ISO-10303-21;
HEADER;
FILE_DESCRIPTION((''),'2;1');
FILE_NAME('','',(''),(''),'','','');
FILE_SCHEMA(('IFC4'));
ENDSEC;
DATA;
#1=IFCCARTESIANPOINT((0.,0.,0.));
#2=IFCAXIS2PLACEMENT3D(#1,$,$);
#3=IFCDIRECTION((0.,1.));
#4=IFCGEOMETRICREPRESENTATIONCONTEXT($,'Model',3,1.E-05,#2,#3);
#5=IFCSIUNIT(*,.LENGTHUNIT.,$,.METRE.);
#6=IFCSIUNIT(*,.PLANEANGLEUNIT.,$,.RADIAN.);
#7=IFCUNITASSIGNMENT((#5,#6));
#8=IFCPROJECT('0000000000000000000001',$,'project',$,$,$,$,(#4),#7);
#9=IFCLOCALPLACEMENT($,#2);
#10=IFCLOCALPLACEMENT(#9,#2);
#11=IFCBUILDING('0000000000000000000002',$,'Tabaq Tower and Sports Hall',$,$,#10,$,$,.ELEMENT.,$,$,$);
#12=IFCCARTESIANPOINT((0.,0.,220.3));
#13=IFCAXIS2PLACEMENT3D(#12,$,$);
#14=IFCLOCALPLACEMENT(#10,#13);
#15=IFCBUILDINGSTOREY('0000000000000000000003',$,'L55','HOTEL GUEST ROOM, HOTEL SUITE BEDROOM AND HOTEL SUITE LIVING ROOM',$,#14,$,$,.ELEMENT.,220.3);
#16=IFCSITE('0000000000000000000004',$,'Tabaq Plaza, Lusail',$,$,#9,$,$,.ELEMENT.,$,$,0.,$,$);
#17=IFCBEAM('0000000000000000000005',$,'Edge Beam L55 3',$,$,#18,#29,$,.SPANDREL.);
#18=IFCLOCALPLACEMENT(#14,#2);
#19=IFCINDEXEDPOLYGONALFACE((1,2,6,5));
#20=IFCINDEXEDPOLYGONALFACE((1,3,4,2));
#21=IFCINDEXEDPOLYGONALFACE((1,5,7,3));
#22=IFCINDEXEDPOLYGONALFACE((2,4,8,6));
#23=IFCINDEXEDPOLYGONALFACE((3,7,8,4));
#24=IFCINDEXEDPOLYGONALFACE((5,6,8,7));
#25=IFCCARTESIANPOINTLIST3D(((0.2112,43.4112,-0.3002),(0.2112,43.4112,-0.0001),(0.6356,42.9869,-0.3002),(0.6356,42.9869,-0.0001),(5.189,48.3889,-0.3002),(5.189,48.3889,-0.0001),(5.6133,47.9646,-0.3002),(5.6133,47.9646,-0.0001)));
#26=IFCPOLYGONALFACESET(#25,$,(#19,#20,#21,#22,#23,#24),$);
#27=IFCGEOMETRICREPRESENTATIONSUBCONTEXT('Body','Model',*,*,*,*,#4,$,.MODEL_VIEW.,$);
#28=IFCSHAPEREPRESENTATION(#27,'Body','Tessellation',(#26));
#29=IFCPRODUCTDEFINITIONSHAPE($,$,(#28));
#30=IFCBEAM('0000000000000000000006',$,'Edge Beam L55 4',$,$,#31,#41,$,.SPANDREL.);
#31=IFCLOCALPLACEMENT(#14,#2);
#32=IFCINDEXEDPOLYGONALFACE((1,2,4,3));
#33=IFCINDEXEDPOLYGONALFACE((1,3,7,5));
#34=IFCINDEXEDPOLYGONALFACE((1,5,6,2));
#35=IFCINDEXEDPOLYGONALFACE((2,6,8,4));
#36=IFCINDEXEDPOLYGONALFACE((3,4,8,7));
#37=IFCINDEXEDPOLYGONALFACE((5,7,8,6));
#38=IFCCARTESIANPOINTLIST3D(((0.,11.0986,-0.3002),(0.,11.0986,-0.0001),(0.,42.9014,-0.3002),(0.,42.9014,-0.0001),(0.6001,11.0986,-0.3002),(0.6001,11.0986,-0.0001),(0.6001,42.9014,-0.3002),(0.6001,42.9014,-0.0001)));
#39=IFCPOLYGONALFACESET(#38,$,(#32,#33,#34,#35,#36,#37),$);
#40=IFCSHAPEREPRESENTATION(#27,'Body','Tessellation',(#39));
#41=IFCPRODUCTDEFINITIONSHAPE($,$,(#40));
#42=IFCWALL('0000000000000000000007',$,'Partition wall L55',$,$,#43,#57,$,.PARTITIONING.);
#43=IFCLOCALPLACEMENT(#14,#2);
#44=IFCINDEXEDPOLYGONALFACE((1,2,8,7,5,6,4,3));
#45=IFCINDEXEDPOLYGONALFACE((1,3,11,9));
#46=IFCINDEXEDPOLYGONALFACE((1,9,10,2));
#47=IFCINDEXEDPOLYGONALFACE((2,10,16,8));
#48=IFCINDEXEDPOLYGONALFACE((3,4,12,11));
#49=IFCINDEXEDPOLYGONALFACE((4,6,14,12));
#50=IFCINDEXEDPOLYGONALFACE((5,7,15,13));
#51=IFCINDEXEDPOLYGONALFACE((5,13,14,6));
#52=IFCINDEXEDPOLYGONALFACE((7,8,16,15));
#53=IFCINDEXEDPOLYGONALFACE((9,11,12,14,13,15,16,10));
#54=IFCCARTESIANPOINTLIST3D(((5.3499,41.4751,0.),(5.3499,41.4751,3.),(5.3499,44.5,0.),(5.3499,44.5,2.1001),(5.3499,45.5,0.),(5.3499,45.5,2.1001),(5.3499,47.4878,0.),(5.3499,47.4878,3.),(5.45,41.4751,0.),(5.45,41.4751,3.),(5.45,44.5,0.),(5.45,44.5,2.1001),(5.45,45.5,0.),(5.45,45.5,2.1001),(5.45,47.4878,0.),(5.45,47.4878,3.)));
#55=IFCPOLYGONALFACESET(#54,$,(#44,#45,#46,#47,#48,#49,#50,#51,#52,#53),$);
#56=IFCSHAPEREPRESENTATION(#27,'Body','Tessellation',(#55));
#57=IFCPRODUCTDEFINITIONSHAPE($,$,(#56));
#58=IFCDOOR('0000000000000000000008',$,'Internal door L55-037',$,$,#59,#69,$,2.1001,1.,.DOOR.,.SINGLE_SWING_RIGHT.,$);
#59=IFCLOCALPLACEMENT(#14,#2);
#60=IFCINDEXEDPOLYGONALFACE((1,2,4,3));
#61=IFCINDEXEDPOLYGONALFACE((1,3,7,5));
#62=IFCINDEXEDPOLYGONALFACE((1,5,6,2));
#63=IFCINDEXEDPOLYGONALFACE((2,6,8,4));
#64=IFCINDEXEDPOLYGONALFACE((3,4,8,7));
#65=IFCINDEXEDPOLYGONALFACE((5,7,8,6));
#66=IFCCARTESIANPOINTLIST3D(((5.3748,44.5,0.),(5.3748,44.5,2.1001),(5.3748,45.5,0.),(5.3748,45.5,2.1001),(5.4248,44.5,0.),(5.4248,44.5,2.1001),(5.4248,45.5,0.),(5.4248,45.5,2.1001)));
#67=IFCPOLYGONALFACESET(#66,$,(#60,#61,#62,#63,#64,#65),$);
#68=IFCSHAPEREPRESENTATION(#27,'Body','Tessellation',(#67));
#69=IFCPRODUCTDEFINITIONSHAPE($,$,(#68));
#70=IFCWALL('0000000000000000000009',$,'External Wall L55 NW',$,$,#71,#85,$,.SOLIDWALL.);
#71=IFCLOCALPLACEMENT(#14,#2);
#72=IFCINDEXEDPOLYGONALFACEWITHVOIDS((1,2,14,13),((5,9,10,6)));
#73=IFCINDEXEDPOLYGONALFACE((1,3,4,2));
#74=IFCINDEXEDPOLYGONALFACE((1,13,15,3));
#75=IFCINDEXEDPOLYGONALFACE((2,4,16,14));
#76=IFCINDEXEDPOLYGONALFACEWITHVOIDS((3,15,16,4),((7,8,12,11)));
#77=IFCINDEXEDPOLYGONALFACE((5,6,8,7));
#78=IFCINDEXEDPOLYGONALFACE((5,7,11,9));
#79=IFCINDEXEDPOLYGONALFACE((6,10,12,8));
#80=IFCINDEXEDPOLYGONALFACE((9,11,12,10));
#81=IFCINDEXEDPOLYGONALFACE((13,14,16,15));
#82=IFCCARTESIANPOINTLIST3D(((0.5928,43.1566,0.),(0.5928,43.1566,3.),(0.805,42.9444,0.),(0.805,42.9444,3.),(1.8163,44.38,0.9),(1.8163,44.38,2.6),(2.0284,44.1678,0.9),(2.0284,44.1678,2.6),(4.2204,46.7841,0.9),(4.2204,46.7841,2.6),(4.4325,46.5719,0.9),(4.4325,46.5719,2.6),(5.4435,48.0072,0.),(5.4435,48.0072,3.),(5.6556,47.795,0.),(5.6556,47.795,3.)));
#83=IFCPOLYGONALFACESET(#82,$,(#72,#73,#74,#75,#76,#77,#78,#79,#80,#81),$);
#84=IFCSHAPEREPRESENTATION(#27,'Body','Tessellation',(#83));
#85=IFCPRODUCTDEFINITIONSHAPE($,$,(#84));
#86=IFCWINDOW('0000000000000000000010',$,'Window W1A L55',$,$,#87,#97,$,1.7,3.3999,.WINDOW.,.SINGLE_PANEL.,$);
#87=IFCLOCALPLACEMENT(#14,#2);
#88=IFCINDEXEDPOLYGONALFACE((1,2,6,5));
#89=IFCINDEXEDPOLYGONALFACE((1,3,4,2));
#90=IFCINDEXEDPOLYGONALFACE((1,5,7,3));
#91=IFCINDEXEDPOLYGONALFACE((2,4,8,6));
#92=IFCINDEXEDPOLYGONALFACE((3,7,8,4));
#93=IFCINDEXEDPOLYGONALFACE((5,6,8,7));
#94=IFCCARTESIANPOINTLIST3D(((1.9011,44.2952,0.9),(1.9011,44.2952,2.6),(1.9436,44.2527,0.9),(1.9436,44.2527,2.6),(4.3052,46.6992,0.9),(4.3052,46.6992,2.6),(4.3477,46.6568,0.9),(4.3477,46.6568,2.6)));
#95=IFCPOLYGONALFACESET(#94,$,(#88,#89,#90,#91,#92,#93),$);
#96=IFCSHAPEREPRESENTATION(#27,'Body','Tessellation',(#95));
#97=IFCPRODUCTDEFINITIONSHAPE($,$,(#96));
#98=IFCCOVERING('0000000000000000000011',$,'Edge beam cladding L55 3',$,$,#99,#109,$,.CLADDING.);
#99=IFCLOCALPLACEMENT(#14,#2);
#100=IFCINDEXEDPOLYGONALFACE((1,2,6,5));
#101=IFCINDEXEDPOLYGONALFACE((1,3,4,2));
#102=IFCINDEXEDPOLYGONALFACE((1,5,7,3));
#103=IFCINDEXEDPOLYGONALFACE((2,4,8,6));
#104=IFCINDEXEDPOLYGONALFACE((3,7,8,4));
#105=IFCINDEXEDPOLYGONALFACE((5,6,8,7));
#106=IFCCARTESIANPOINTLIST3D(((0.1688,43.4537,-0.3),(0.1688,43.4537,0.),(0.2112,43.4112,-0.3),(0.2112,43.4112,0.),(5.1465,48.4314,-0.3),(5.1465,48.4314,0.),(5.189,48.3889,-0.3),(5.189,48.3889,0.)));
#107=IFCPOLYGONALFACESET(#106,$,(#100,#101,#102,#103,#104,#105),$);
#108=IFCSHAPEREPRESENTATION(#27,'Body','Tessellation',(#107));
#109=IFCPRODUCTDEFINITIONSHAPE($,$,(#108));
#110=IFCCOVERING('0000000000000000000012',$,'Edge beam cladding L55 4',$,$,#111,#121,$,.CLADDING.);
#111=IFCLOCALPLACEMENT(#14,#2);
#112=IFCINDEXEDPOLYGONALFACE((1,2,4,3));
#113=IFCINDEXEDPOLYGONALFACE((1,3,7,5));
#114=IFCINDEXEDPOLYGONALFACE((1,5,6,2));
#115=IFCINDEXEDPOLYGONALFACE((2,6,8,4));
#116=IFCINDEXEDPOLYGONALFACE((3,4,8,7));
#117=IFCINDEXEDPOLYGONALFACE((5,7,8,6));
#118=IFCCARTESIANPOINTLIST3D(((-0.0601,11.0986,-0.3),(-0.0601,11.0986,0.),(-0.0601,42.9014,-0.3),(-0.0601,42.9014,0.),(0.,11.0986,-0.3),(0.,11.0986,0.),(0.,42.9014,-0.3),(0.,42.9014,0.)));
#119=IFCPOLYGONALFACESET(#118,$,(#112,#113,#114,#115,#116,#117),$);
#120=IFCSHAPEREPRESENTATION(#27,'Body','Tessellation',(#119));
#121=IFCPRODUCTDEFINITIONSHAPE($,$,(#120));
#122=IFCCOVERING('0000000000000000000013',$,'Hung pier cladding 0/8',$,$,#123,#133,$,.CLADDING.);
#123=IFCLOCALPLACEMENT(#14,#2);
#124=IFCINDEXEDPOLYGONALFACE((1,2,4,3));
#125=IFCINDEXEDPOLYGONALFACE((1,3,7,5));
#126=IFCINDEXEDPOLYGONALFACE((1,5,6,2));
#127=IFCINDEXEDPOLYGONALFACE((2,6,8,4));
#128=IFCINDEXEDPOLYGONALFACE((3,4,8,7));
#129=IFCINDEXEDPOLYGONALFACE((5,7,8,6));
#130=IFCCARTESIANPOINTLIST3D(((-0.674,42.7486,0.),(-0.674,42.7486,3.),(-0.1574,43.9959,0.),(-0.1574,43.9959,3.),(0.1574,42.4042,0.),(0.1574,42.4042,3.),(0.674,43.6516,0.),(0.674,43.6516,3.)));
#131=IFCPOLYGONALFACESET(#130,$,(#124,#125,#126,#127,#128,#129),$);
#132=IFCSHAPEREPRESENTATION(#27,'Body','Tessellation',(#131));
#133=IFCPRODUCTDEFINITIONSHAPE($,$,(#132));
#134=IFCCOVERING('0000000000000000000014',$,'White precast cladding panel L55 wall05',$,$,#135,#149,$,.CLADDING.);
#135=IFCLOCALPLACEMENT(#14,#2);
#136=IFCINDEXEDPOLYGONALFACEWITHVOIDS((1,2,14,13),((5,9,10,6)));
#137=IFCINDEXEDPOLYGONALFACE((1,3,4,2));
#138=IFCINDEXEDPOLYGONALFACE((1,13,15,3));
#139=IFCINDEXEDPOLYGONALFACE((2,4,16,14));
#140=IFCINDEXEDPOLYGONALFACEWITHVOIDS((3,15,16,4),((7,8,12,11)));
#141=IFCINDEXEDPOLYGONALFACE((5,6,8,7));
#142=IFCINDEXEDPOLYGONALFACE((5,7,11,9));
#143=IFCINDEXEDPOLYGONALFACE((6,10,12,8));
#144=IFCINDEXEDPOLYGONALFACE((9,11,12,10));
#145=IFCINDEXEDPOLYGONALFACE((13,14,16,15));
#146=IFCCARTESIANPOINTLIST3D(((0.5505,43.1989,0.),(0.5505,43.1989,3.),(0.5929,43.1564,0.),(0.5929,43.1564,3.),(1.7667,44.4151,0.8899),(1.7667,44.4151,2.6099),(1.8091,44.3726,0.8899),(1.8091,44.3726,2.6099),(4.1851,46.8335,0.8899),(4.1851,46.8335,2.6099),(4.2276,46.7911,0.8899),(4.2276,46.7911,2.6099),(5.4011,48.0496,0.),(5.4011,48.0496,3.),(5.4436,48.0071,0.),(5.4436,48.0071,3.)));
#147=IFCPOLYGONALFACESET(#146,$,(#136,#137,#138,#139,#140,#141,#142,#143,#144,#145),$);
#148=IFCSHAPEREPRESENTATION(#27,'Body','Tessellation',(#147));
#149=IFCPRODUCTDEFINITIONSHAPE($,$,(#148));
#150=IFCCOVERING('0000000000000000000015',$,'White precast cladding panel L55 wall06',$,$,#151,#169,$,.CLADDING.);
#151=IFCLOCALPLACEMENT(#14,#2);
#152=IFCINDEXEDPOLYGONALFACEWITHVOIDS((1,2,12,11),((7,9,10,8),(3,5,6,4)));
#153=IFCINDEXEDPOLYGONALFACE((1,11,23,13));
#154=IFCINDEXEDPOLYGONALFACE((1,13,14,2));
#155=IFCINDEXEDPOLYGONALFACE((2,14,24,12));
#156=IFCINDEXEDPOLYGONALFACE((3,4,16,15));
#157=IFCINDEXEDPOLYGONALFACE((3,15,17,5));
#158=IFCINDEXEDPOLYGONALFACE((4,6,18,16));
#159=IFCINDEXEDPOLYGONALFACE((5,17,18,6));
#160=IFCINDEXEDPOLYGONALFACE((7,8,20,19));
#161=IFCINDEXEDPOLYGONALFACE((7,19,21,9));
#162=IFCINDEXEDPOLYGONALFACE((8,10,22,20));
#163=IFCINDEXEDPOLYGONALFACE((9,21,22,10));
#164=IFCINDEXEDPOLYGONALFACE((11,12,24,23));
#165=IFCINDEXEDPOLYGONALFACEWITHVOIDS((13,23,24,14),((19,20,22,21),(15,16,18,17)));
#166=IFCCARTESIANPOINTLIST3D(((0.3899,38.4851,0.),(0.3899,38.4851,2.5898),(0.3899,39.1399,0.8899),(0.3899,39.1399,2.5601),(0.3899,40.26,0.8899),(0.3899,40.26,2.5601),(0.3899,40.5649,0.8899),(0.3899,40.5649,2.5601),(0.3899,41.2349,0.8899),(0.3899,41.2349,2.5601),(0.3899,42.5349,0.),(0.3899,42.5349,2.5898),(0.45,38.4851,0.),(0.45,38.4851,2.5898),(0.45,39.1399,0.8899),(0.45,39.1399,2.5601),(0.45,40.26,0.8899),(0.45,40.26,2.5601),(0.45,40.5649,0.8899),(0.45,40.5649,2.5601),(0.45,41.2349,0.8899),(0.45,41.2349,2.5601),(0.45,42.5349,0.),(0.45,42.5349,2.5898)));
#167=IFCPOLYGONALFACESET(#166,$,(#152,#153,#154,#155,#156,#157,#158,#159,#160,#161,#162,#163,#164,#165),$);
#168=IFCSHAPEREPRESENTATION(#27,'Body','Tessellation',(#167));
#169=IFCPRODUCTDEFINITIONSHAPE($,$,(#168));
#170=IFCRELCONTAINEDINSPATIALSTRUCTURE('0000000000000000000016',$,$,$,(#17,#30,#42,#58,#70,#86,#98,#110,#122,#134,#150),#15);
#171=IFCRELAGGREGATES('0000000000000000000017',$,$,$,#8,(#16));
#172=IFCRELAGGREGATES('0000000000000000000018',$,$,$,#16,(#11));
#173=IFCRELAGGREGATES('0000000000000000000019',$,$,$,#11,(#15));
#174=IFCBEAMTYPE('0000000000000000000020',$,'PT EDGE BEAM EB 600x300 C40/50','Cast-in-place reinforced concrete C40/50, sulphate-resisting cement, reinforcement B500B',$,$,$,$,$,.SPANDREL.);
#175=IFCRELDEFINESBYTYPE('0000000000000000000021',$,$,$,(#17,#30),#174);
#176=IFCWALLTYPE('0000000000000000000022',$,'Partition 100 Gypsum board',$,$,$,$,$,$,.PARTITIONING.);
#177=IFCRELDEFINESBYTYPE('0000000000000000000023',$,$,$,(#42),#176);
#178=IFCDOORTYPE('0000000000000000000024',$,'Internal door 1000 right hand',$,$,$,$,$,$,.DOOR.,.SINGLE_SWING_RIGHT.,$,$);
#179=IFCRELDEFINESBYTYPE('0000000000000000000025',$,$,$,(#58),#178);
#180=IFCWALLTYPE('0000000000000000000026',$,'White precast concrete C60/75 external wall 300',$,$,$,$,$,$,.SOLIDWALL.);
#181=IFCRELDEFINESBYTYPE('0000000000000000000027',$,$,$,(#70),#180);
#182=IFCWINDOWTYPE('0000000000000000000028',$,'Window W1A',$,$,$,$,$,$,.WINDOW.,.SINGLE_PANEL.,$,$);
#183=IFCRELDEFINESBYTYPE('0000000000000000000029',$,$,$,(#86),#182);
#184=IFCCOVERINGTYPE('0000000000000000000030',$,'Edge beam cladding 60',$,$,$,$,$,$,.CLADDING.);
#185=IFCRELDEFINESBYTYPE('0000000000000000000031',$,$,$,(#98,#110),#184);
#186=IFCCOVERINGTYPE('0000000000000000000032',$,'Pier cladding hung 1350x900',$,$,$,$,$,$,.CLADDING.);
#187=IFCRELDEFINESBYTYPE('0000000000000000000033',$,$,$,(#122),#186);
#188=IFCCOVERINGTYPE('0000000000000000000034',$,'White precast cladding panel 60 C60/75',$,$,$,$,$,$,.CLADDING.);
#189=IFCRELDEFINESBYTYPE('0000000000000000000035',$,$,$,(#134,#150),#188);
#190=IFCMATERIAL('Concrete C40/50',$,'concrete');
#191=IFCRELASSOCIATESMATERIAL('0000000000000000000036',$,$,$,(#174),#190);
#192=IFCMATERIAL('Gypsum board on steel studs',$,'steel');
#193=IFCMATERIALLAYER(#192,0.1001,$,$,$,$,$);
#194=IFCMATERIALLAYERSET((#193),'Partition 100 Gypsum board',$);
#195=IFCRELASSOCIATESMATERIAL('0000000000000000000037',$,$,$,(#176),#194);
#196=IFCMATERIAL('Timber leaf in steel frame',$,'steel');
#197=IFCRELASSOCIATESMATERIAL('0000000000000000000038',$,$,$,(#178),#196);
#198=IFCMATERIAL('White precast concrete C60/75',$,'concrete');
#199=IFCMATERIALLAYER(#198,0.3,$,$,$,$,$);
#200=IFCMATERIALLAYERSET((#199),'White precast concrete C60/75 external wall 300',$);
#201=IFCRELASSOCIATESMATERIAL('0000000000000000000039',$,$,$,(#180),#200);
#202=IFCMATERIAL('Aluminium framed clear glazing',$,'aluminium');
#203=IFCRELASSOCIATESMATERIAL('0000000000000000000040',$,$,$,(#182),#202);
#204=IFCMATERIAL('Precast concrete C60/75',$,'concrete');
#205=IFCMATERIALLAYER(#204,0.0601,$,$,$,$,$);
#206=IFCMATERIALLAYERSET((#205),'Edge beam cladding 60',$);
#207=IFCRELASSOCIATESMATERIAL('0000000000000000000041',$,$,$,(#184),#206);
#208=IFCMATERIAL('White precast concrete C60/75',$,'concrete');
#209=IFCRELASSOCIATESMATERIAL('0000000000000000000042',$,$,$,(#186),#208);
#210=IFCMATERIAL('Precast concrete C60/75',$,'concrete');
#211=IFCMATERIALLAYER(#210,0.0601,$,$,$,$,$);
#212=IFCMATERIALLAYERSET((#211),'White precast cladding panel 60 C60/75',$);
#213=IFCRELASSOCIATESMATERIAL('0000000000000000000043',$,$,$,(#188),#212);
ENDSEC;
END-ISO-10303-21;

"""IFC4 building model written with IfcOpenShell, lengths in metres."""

from ifc_helpers import new_model, si_unit, direction, frame, frame_2d, origin, origin_2d, place, context, subcontext, project, spatial, polyline, rectangle, outline, extrude, material, layer, layer_set, material_profile, profile_set, type_object, element, fill, save


model = new_model("IFC4")

# Units and contexts
model_context = context("Model", 3, precision=1e-05, world=origin(), true_north=direction((0.0, 1.0)))
body_context = subcontext(model_context, "Body", "Model", "MODEL_VIEW")
ifc_project = project(units=[si_unit("LENGTHUNIT", "METRE"), si_unit("PLANEANGLEUNIT", "RADIAN")], contexts=[model_context])

# Site, building, storey
site_placement = place(None, origin())
site = spatial("IfcSite", under=ifc_project, at=site_placement, Name="Tabaq Plaza, Lusail", CompositionType="ELEMENT", RefElevation=0.0)
building_placement = place(site_placement, origin())
building = spatial("IfcBuilding", under=site, at=building_placement, Name="Tabaq Tower and Sports Hall", CompositionType="ELEMENT")
storey_placement = place(building_placement, frame((0.0, 0.0, 220.3)))
storey = spatial("IfcBuildingStorey", under=building, at=storey_placement, Name="L55", Description="HOTEL GUEST ROOM, HOTEL SUITE BEDROOM AND HOTEL SUITE LIVING ROOM", CompositionType="ELEMENT", Elevation=220.3)

# Beams
ifc_material_1 = material(Name="Concrete C40/50", Category="concrete")
ifc_material_profile = material_profile(ifc_material_1, rectangle(XDim=0.6001, YDim=0.3, at=origin_2d()), Name="EB 600x300")
ifc_profile_set = profile_set([ifc_material_profile], Name="Concrete C40/50")
beam_type = type_object("IfcBeamType", Name="PT EDGE BEAM EB 600x300 C40/50", Description="Cast-in-place reinforced concrete C40/50, sulphate-resisting cement, reinforcement B500B", PredefinedType="SPANDREL", material=ifc_profile_set)
beam_1_placement = place(storey_placement, frame((5.4011, 48.1768, -0.1501), z_axis=(-0.707107, -0.707107, 0.0), x_axis=(0.707107, -0.707107, 0.0)))
element("IfcBeam", 1, at=beam_1_placement, inside=storey, type_object=beam_type, Name="Edge Beam L55 3", PredefinedType="SPANDREL", context=body_context, shape_type="SweptSolid", body=[
    extrude(rectangle(XDim=0.6001, YDim=0.3, at=origin_2d()), origin(), (0.0, 0.0, 1.0), 7.0396),
])
beam_2_placement = place(storey_placement, frame((0.3, 42.9014, -0.1501), z_axis=(0.0, -1.0, 0.0), x_axis=(1.0, 0.0, 0.0)))
element("IfcBeam", 2, at=beam_2_placement, inside=storey, type_object=beam_type, Name="Edge Beam L55 4", PredefinedType="SPANDREL", context=body_context, shape_type="SweptSolid", body=[
    extrude(rectangle(XDim=0.6001, YDim=0.3, at=origin_2d()), origin(), (0.0, 0.0, 1.0), 31.8027),
])

# Wall, opening, door
ifc_material_2 = material(Name="Gypsum board on steel studs", Category="steel")
ifc_layer_1 = layer(ifc_material_2, 0.1001)
ifc_layer_set_1 = layer_set([ifc_layer_1], Name="Partition 100 Gypsum board")
wall_type_1 = type_object("IfcWallType", Name="Partition 100 Gypsum board", PredefinedType="PARTITIONING", material=ifc_layer_set_1)
wall_1_placement = place(storey_placement, frame((5.3999, 47.4878, 0.0), z_axis=(0.0, 0.0, 1.0), x_axis=(0.0, -1.0, 0.0)))
wall_1 = element("IfcWall", 3, at=wall_1_placement, inside=storey, type_object=wall_type_1, Name="Partition wall L55", PredefinedType="PARTITIONING", context=body_context, shape_type="SweptSolid", body=[
    extrude(rectangle(XDim=6.0127, YDim=0.1001, at=frame_2d((3.0063, 0.0))), origin(), (0.0, 0.0, 1.0), 3.0),
])
opening_1_placement = place(wall_1_placement, frame((1.9878, 0.0, 0.0)))
opening_1 = element("IfcOpeningElement", 4, at=opening_1_placement, cuts=wall_1, PredefinedType="OPENING", context=body_context, shape_type="SweptSolid", body=[
    extrude(rectangle(XDim=1.0, YDim=2.1001, at=frame_2d((0.5, 1.05))), frame((0.0, 0.05, 0.0), z_axis=(0.0, -1.0, 0.0), x_axis=(1.0, 0.0, 0.0)), (0.0, 0.0, 1.0), 0.1001),
])
ifc_material_3 = material(Name="Timber leaf in steel frame", Category="steel")
door_type = type_object("IfcDoorType", Name="Internal door 1000 right hand", OperationType="SINGLE_SWING_RIGHT", PredefinedType="DOOR", material=ifc_material_3)
door_placement = place(opening_1_placement, origin())
door = element("IfcDoor", 5, at=door_placement, inside=storey, type_object=door_type, Name="Internal door L55-037", OperationType="SINGLE_SWING_RIGHT", OverallHeight=2.1001, OverallWidth=1.0, PredefinedType="DOOR", context=body_context, shape_type="SweptSolid", body=[
    extrude(rectangle(XDim=1.0, YDim=2.1001, at=frame_2d((0.5, 1.05))), frame((0.0, 0.0249, 0.0), z_axis=(0.0, -1.0, 0.0), x_axis=(1.0, 0.0, 0.0)), (0.0, 0.0, 1.0), 0.05),
])
fill(opening_1, door)

# Wall, opening, window
ifc_material_4 = material(Name="White precast concrete C60/75", Category="concrete")
ifc_layer_2 = layer(ifc_material_4, 0.3)
ifc_layer_set_2 = layer_set([ifc_layer_2], Name="White precast concrete C60/75 external wall 300")
wall_type_2 = type_object("IfcWallType", Name="White precast concrete C60/75 external wall 300", PredefinedType="SOLIDWALL", material=ifc_layer_set_2)
wall_2_placement = place(storey_placement, frame((5.5496, 47.9011, 0.0), z_axis=(0.0, 0.0, 1.0), x_axis=(-0.707107, -0.707107, 0.0)))
wall_2 = element("IfcWall", 6, at=wall_2_placement, inside=storey, type_object=wall_type_2, Name="External Wall L55 NW", PredefinedType="SOLIDWALL", context=body_context, shape_type="SweptSolid", body=[
    extrude(rectangle(XDim=6.8599, YDim=0.3, at=frame_2d((3.4299, 0.0))), origin(), (0.0, 0.0, 1.0), 3.0),
])
opening_2_placement = place(wall_2_placement, frame((1.7297, 0.0, 0.8999)))
opening_2 = element("IfcOpeningElement", 7, at=opening_2_placement, cuts=wall_2, PredefinedType="OPENING", context=body_context, shape_type="SweptSolid", body=[
    extrude(rectangle(XDim=3.3999, YDim=1.7, at=frame_2d((1.7, 0.8501))), frame((0.0, 0.1602, 0.0), z_axis=(0.0, -1.0, 0.0), x_axis=(1.0, 0.0, 0.0)), (0.0, 0.0, 1.0), 0.3201),
])
ifc_material_5 = material(Name="Aluminium framed clear glazing", Category="aluminium")
window_type_1 = type_object("IfcWindowType", Name="Window W1A", PartitioningType="SINGLE_PANEL", PredefinedType="WINDOW", material=ifc_material_5)
window_1_placement = place(opening_2_placement, origin())
window_1 = element("IfcWindow", 8, at=window_1_placement, inside=storey, type_object=window_type_1, Name="Window W1A L55", OverallHeight=1.7, OverallWidth=3.3999, PartitioningType="SINGLE_PANEL", PredefinedType="WINDOW", context=body_context, shape_type="SweptSolid", body=[
    extrude(rectangle(XDim=3.3999, YDim=1.7, at=frame_2d((1.7, 0.8501))), frame((0.0, 0.03, 0.0), z_axis=(0.0, -1.0, 0.0), x_axis=(1.0, 0.0, 0.0)), (0.0, 0.0, 1.0), 0.0601),
])
fill(opening_2, window_1)

# Coverings
ifc_material_6 = material(Name="Precast concrete C60/75", Category="concrete")
ifc_layer_3 = layer(ifc_material_6, 0.0601)
ifc_layer_set_3 = layer_set([ifc_layer_3], Name="Edge beam cladding 60")
covering_type_1 = type_object("IfcCoveringType", Name="Edge beam cladding 60", PredefinedType="CLADDING", material=ifc_layer_set_3)
covering_1_placement = place(storey_placement, frame((5.1677, 48.4102, -0.3), z_axis=(0.0, 0.0, 1.0), x_axis=(-0.707107, -0.707107, 0.0)))
element("IfcCovering", 9, at=covering_1_placement, inside=storey, type_object=covering_type_1, Name="Edge beam cladding L55 3", PredefinedType="CLADDING", context=body_context, shape_type="SweptSolid", body=[
    extrude(rectangle(XDim=7.0396, YDim=0.0601, at=frame_2d((3.5198, 0.0))), origin(), (0.0, 0.0, 1.0), 0.3),
])
covering_2_placement = place(storey_placement, frame((-0.03, 42.9014, -0.3), z_axis=(0.0, 0.0, 1.0), x_axis=(0.0, -1.0, 0.0)))
element("IfcCovering", 10, at=covering_2_placement, inside=storey, type_object=covering_type_1, Name="Edge beam cladding L55 4", PredefinedType="CLADDING", context=body_context, shape_type="SweptSolid", body=[
    extrude(rectangle(XDim=31.8027, YDim=0.0601, at=frame_2d((15.9014, 0.0))), origin(), (0.0, 0.0, 1.0), 0.3),
])
ifc_material_7 = material(Name="White precast concrete C60/75", Category="concrete")
covering_type_2 = type_object("IfcCoveringType", Name="Pier cladding hung 1350x900", PredefinedType="CLADDING", material=ifc_material_7)
covering_3_placement = place(storey_placement, frame((0.2583, 43.8237, 0.0), z_axis=(0.0, 0.0, 1.0), x_axis=(-0.38265, -0.923893, 0.0)))
element("IfcCovering", 11, at=covering_3_placement, inside=storey, type_object=covering_type_2, Name="Hung pier cladding 0/8", PredefinedType="CLADDING", context=body_context, shape_type="SweptSolid", body=[
    extrude(rectangle(XDim=1.3501, YDim=0.8999, at=frame_2d((0.675, 0.0))), origin(), (0.0, 0.0, 1.0), 3.0),
])
ifc_material_8 = material(Name="Precast concrete C60/75", Category="concrete")
ifc_layer_4 = layer(ifc_material_8, 0.0601)
ifc_layer_set_4 = layer_set([ifc_layer_4], Name="White precast cladding panel 60 C60/75")
covering_type_3 = type_object("IfcCoveringType", Name="White precast cladding panel 60 C60/75", PredefinedType="CLADDING", material=ifc_layer_set_4)
covering_4_placement = place(storey_placement, frame((5.4224, 48.0283, 0.0), z_axis=(0.0, 0.0, 1.0), x_axis=(-0.707107, -0.707107, 0.0)))
element("IfcCovering", 12, at=covering_4_placement, inside=storey, type_object=covering_type_3, Name="White precast cladding panel L55 wall05", PredefinedType="CLADDING", context=body_context, shape_type="SweptSolid", body=[
    extrude(outline(polyline([(0.0, 0.0), (6.8599, 0.0), (6.8599, 3.0), (0.0, 3.0), (0.0, 0.0)]), holes=[polyline([(1.7197, 0.8899), (1.7197, 2.6099), (5.1399, 2.6099), (5.1399, 0.8899), (1.7197, 0.8899)])]), frame((0.0, 0.03, 0.0), z_axis=(0.0, -1.0, 0.0), x_axis=(1.0, 0.0, 0.0)), (0.0, 0.0, 1.0), 0.0601),
])
covering_5_placement = place(storey_placement, frame((0.4199, 42.5349, 0.0), z_axis=(0.0, 0.0, 1.0), x_axis=(0.0, -1.0, 0.0)))
element("IfcCovering", 13, at=covering_5_placement, inside=storey, type_object=covering_type_3, Name="White precast cladding panel L55 wall06", PredefinedType="CLADDING", context=body_context, shape_type="SweptSolid", body=[
    extrude(outline(polyline([(0.0, 0.0), (4.0498, 0.0), (4.0498, 2.5898), (0.0, 2.5898), (0.0, 0.0)]), holes=[polyline([(1.3, 0.8899), (1.3, 2.5601), (1.97, 2.5601), (1.97, 0.8899), (1.3, 0.8899)]), polyline([(2.2749, 0.8899), (2.2749, 2.5601), (3.395, 2.5601), (3.395, 0.8899), (2.2749, 0.8899)])]), frame((0.0, 0.03, 0.0), z_axis=(0.0, -1.0, 0.0), x_axis=(1.0, 0.0, 0.0)), (0.0, 0.0, 1.0), 0.0601),
])

save(model, "model.ifc")
